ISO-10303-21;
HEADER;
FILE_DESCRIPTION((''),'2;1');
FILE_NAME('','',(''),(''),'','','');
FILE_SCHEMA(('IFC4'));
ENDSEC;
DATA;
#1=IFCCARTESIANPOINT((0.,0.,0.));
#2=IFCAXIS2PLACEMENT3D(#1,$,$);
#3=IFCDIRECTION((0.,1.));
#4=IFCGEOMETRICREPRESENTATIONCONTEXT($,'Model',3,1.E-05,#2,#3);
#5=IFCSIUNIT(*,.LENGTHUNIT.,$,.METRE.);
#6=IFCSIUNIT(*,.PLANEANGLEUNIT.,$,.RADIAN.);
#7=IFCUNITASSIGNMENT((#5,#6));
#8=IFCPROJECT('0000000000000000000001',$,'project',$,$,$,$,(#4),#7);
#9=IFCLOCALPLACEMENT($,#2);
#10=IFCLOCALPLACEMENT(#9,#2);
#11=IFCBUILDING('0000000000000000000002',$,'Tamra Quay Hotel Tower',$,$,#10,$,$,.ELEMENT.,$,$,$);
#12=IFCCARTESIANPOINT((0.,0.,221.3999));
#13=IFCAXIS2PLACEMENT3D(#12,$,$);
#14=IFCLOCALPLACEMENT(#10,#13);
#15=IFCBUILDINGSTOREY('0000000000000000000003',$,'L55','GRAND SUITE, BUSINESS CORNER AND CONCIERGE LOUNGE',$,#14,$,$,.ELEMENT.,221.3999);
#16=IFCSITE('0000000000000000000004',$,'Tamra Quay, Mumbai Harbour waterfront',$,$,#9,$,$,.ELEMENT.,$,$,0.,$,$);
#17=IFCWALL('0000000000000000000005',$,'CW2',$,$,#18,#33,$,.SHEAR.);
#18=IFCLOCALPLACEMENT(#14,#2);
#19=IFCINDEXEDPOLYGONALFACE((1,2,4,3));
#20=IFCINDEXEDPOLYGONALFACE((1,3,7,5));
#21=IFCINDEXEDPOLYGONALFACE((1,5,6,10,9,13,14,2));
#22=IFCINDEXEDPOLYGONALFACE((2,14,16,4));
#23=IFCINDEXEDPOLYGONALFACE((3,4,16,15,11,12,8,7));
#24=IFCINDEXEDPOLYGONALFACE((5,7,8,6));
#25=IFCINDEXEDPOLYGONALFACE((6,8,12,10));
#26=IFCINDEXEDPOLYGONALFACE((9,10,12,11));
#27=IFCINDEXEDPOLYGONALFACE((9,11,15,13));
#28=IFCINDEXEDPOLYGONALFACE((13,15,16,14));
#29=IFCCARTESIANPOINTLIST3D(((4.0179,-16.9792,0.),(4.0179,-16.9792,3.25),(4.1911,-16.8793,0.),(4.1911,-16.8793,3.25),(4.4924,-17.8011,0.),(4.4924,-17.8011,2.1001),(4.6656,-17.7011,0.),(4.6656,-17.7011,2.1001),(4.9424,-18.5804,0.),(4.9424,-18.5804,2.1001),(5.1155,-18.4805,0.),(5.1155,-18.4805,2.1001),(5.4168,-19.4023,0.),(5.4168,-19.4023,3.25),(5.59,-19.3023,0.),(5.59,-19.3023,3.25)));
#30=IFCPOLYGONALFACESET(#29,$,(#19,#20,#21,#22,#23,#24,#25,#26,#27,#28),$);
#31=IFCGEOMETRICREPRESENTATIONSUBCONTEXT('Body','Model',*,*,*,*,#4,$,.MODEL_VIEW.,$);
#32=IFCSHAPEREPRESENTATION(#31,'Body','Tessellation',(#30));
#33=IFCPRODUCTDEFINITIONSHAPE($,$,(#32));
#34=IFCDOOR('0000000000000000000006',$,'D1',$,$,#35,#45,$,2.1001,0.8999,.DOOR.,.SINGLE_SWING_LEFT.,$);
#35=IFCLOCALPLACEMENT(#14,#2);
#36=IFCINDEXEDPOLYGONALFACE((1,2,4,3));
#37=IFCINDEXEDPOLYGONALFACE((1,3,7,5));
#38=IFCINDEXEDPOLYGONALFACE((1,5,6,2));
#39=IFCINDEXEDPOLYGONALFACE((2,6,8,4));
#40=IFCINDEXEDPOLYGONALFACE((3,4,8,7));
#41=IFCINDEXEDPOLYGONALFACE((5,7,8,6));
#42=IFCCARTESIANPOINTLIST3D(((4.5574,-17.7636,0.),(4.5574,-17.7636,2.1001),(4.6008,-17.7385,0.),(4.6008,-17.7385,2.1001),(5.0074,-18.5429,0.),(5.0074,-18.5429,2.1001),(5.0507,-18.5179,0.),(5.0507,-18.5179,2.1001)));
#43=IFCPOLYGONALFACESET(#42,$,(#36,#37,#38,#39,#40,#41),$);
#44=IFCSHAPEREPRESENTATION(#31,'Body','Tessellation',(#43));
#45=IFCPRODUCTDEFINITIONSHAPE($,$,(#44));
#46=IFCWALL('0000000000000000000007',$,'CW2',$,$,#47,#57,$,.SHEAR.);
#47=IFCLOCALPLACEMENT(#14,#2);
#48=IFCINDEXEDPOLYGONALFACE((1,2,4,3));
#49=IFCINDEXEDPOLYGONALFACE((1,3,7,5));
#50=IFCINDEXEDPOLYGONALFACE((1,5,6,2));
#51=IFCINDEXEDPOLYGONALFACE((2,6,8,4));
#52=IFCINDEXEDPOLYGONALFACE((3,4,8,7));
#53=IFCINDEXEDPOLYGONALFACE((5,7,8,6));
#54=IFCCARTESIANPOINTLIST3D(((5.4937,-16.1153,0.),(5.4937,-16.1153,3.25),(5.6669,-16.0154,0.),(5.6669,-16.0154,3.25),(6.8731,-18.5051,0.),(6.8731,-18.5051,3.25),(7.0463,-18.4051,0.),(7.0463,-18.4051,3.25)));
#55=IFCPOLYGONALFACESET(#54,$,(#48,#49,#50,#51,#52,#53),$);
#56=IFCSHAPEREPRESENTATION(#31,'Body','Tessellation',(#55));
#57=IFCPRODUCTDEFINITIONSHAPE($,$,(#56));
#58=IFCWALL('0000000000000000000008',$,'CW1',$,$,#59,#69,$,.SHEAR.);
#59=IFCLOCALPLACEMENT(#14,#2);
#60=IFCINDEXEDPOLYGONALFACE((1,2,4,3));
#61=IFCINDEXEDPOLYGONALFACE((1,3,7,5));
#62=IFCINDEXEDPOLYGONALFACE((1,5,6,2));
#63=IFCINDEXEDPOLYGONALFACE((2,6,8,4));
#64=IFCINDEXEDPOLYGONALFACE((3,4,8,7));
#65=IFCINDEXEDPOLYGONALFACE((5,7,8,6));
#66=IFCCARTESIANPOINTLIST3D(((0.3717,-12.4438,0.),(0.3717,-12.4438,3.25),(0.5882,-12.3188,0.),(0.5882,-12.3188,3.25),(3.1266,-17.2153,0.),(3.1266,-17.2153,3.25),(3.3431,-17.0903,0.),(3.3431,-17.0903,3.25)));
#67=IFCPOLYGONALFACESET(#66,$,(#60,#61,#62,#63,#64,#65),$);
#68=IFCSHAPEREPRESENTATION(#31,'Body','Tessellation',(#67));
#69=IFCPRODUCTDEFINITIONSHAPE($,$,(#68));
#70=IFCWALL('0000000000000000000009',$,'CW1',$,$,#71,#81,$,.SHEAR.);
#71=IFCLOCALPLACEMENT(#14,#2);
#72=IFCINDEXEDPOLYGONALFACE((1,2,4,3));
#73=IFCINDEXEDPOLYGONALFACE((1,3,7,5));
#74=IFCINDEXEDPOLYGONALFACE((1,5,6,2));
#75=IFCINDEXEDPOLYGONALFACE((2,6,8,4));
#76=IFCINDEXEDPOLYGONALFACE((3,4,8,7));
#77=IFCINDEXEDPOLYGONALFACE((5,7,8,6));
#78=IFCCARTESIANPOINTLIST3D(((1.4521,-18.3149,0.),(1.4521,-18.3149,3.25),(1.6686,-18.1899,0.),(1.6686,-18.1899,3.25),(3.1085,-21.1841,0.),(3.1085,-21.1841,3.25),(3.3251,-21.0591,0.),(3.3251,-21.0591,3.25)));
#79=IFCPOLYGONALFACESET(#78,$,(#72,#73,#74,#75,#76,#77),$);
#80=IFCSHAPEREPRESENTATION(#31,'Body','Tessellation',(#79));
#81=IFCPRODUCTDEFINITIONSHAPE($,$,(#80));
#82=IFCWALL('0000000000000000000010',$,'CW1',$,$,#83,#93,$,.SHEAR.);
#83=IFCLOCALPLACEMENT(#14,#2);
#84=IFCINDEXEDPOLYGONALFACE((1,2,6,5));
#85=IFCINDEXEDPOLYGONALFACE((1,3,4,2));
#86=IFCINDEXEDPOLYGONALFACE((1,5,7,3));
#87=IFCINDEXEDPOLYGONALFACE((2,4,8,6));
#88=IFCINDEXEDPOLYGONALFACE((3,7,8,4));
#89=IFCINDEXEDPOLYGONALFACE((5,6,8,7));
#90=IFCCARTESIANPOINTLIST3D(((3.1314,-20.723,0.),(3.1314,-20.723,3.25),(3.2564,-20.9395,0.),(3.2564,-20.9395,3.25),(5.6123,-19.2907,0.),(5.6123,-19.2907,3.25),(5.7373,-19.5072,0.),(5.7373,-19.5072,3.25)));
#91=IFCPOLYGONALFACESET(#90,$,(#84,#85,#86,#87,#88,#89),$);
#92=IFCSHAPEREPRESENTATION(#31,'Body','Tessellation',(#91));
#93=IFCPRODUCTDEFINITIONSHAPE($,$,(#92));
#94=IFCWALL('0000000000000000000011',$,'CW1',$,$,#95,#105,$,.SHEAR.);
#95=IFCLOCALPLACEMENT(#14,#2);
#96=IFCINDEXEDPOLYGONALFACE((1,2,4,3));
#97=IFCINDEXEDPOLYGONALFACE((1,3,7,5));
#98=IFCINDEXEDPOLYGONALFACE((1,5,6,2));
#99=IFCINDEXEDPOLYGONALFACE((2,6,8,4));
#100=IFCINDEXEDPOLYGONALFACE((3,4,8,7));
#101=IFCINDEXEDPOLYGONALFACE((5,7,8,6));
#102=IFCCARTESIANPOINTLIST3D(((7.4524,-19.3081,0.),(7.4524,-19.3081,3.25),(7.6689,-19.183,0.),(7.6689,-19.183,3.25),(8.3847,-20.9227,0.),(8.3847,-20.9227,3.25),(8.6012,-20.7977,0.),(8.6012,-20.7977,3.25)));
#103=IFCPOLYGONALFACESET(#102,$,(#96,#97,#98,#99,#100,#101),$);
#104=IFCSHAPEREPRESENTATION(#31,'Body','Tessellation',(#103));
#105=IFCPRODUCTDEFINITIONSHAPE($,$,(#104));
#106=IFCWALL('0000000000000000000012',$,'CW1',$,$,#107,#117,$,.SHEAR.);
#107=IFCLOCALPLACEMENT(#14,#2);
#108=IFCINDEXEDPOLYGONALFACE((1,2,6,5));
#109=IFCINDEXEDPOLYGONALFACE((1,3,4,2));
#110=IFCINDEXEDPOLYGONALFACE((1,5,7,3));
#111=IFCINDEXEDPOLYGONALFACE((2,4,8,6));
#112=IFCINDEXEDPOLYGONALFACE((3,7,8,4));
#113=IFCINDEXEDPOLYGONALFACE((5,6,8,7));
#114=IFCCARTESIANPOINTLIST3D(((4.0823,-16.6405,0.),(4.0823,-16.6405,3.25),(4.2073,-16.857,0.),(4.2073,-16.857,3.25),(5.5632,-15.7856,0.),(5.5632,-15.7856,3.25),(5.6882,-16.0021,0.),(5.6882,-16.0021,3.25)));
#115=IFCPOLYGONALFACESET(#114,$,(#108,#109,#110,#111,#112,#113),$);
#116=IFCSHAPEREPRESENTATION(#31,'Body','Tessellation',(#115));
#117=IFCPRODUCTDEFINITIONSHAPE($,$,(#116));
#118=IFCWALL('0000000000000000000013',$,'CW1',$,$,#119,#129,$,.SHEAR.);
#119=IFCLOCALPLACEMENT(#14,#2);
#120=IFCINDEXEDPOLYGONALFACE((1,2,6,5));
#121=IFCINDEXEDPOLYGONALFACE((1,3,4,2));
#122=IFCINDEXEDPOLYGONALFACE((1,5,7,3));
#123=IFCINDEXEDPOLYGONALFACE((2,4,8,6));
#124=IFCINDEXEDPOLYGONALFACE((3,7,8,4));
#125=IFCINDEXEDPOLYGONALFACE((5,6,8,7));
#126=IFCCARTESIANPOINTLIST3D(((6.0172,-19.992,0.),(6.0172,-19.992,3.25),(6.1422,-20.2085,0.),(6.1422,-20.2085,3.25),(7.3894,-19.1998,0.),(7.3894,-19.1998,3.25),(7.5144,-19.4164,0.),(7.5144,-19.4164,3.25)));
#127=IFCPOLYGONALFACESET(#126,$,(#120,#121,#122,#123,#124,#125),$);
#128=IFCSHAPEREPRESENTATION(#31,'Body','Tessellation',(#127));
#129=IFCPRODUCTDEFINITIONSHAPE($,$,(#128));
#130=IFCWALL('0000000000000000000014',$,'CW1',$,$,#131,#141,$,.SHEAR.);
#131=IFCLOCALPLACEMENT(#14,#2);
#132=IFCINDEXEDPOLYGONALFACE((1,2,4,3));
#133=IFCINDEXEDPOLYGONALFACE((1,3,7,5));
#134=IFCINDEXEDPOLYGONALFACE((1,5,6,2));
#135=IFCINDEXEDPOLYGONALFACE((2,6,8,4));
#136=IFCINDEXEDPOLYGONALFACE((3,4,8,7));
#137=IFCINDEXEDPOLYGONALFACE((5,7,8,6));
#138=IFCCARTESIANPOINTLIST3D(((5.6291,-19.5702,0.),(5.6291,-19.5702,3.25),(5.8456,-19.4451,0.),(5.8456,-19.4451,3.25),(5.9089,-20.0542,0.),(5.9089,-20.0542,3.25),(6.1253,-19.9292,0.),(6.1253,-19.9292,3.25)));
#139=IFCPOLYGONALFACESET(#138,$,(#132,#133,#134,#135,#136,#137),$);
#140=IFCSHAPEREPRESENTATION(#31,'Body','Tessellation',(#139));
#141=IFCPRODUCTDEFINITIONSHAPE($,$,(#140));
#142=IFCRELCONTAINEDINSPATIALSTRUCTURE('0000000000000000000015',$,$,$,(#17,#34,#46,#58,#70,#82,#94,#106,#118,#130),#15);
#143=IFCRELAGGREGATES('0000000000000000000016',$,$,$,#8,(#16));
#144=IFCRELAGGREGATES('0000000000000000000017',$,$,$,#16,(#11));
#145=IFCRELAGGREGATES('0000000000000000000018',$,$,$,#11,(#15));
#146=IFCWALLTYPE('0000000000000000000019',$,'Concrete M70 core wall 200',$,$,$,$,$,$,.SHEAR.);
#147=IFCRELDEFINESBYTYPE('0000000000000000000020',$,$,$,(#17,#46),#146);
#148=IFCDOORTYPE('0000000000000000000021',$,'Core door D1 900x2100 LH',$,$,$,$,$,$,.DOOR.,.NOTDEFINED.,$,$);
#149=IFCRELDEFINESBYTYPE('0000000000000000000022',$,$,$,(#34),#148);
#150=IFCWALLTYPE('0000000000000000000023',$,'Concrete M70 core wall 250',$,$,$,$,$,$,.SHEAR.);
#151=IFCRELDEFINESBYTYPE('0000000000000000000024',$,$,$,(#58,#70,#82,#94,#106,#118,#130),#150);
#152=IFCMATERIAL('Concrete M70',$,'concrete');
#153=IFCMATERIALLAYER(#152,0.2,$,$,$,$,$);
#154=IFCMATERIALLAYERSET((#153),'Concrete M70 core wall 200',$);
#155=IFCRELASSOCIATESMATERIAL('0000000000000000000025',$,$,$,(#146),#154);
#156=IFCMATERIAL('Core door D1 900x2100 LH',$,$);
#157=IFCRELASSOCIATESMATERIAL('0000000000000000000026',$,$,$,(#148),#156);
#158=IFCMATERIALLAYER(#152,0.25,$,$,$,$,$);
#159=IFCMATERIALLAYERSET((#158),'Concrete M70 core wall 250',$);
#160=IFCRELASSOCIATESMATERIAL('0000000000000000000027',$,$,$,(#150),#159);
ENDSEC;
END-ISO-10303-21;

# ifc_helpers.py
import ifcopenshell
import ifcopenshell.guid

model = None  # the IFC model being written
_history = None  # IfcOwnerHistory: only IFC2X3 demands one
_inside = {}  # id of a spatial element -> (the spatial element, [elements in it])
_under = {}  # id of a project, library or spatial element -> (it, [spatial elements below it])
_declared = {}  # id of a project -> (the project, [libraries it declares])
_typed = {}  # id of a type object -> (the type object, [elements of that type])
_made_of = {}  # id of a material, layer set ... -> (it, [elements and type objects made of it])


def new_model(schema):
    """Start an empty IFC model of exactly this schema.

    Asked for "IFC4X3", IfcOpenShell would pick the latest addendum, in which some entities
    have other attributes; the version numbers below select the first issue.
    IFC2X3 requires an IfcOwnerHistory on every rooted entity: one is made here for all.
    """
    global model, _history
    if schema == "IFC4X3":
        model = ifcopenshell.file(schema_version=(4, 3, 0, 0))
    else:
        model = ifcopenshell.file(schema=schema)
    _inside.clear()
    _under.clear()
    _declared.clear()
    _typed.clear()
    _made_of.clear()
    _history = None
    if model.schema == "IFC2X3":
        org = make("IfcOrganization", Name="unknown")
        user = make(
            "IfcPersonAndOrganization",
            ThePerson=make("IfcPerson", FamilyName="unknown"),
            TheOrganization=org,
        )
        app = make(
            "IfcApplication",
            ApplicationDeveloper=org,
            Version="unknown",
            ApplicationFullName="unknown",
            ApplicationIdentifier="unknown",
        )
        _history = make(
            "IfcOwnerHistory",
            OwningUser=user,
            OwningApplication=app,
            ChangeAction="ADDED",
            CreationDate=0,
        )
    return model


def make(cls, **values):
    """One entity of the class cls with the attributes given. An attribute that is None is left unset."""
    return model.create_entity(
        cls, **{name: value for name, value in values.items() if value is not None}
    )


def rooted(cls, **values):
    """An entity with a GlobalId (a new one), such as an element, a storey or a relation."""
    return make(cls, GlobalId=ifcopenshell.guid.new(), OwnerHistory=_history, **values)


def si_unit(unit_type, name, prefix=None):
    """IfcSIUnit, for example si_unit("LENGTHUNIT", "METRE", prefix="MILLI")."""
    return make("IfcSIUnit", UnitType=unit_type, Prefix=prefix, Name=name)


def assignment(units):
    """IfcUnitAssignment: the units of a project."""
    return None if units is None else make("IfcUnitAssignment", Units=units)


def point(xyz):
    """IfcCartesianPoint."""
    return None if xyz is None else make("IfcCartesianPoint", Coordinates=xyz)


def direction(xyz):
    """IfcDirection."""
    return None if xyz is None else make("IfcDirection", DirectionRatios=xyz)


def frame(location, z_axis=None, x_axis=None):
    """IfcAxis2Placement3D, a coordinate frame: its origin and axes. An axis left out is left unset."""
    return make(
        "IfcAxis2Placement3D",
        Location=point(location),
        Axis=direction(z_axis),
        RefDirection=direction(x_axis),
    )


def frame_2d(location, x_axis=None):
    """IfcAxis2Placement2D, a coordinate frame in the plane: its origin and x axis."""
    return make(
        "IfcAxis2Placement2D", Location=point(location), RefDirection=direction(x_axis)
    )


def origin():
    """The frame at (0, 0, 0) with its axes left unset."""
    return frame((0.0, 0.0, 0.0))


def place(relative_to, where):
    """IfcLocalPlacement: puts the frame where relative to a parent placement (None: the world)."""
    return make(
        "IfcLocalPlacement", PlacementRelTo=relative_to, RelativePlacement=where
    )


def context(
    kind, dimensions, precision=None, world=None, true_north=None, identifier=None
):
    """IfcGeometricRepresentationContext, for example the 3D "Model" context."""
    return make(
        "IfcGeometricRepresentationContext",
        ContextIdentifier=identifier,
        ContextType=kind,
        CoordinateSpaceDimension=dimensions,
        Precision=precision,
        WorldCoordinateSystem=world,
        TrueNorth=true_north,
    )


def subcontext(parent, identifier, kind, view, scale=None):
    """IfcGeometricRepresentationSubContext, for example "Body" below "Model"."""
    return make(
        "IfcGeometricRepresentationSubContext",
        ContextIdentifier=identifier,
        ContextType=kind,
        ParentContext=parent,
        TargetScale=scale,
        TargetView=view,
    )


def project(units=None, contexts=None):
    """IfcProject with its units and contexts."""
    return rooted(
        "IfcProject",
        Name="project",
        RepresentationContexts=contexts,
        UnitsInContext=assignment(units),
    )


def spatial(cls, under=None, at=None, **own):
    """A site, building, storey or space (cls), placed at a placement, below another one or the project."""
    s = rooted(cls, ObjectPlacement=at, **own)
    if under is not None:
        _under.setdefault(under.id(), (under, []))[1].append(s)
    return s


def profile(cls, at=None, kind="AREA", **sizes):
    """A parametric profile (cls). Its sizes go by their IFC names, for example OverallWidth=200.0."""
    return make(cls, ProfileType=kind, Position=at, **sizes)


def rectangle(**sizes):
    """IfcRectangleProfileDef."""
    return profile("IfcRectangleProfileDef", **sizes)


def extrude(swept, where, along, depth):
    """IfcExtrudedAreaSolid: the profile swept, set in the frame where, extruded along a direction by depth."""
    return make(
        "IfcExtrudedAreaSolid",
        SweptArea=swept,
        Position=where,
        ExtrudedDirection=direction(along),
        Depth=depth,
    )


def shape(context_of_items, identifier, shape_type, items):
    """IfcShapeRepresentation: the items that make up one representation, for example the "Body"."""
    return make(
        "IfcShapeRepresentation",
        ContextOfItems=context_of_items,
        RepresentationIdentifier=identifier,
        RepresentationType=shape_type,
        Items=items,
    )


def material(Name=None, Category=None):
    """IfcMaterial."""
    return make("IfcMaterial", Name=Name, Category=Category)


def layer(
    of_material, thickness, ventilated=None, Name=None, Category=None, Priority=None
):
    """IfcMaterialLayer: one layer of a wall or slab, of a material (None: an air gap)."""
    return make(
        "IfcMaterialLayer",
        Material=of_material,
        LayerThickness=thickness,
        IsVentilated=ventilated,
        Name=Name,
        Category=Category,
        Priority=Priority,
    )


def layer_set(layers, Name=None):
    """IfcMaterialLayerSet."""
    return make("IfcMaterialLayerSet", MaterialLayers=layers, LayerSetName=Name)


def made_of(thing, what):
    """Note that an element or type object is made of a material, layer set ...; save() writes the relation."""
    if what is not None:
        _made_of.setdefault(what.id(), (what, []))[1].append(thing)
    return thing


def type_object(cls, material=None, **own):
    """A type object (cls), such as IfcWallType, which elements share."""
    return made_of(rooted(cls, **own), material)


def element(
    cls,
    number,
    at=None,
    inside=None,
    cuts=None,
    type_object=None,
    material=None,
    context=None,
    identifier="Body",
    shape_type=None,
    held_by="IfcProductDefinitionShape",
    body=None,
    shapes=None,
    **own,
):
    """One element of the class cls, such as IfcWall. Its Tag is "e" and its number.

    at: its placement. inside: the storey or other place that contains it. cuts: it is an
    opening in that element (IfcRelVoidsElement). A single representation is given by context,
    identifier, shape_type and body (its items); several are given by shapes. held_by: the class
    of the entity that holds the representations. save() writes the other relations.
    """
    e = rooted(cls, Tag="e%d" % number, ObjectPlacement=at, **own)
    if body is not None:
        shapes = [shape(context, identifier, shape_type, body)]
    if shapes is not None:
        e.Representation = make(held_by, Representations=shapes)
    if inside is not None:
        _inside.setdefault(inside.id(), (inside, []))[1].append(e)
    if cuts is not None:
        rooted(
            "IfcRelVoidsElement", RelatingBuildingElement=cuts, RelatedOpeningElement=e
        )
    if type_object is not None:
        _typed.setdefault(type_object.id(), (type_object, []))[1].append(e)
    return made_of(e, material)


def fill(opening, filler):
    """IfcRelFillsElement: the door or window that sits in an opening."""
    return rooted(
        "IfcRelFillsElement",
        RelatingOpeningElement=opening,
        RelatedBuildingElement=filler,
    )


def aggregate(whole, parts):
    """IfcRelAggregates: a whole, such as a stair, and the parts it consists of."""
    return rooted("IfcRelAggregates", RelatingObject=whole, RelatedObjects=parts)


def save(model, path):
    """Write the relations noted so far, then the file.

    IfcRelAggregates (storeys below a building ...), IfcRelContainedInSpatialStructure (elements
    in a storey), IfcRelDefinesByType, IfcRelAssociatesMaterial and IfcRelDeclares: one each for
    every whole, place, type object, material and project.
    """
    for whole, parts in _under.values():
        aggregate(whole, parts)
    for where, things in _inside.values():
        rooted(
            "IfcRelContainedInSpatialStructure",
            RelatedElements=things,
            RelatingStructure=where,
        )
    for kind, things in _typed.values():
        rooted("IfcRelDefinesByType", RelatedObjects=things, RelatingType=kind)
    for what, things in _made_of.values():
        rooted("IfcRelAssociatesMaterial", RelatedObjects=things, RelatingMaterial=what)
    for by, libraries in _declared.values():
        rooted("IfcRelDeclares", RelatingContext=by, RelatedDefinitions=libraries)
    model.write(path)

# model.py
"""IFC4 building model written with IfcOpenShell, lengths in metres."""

from ifc_helpers import new_model, si_unit, direction, frame, frame_2d, origin, place, context, subcontext, project, spatial, rectangle, extrude, material, layer, layer_set, type_object, element, fill, save


model = new_model("IFC4")

# Units and contexts
model_context = context("Model", 3, precision=1e-05, world=origin(), true_north=direction((0.0, 1.0)))
body_context = subcontext(model_context, "Body", "Model", "MODEL_VIEW")
ifc_project = project(units=[si_unit("LENGTHUNIT", "METRE"), si_unit("PLANEANGLEUNIT", "RADIAN")], contexts=[model_context])

# Site, building, storey
site_placement = place(None, origin())
site = spatial("IfcSite", under=ifc_project, at=site_placement, Name="Tamra Quay, Mumbai Harbour waterfront", CompositionType="ELEMENT", RefElevation=0.0)
building_placement = place(site_placement, origin())
building = spatial("IfcBuilding", under=site, at=building_placement, Name="Tamra Quay Hotel Tower", CompositionType="ELEMENT")
storey_placement = place(building_placement, frame((0.0, 0.0, 221.3999)))
storey = spatial("IfcBuildingStorey", under=building, at=storey_placement, Name="L55", Description="GRAND SUITE, BUSINESS CORNER AND CONCIERGE LOUNGE", CompositionType="ELEMENT", Elevation=221.3999)

# Shared definitions
ifc_material_1 = material(Name="Concrete M70", Category="concrete")

# Shared definitions
ifc_layer_1 = layer(ifc_material_1, 0.2)
ifc_layer_set_1 = layer_set([ifc_layer_1], Name="Concrete M70 core wall 200")
wall_type_1 = type_object("IfcWallType", Name="Concrete M70 core wall 200", PredefinedType="SHEAR", material=ifc_layer_set_1)

# Wall, opening, door
wall_1_placement = place(storey_placement, frame((5.5034, -19.3523, 0.0), z_axis=(0.0, 0.0, 1.0), x_axis=(-0.499987, 0.866033, 0.0)))
wall_1 = element("IfcWall", 1, at=wall_1_placement, inside=storey, type_object=wall_type_1, Name="CW2", PredefinedType="SHEAR", context=body_context, shape_type="SweptSolid", body=[
    extrude(rectangle(XDim=2.7979, YDim=0.2, at=frame_2d((1.3989, 0.0))), origin(), (0.0, 0.0, 1.0), 3.25),
])
opening_1_placement = place(wall_1_placement, frame((0.949, 0.0, 0.0)))
opening_1 = element("IfcOpeningElement", 2, at=opening_1_placement, cuts=wall_1, PredefinedType="OPENING", context=body_context, shape_type="SweptSolid", body=[
    extrude(rectangle(XDim=0.8999, YDim=2.1001, at=frame_2d((0.45, 1.05))), frame((0.0, 0.1099, 0.0), z_axis=(0.0, -1.0, 0.0), x_axis=(1.0, 0.0, 0.0)), (0.0, 0.0, 1.0), 0.22),
])
ifc_material_2 = material(Name="Core door D1 900x2100 LH")
door_type_1 = type_object("IfcDoorType", Name="Core door D1 900x2100 LH", OperationType="NOTDEFINED", PredefinedType="DOOR", material=ifc_material_2)
door_1_placement = place(opening_1_placement, origin())
door_1 = element("IfcDoor", 3, at=door_1_placement, inside=storey, type_object=door_type_1, Name="D1", OperationType="SINGLE_SWING_LEFT", OverallHeight=2.1001, OverallWidth=0.8999, PredefinedType="DOOR", context=body_context, shape_type="SweptSolid", body=[
    extrude(rectangle(XDim=0.8999, YDim=2.1001, at=frame_2d((0.45, 1.05))), frame((0.0, 0.0249, 0.0), z_axis=(0.0, -1.0, 0.0), x_axis=(1.0, 0.0, 0.0)), (0.0, 0.0, 1.0), 0.05),
])
fill(opening_1, door_1)

# Walls
wall_2_placement = place(storey_placement, frame((6.9597, -18.4551, 0.0), z_axis=(0.0, 0.0, 1.0), x_axis=(-0.499927, 0.866068, 0.0)))
element("IfcWall", 4, at=wall_2_placement, inside=storey, type_object=wall_type_1, Name="CW2", PredefinedType="SHEAR", context=body_context, shape_type="SweptSolid", body=[
    extrude(rectangle(XDim=2.7593, YDim=0.2, at=frame_2d((1.3796, 0.0))), origin(), (0.0, 0.0, 1.0), 3.25),
])
ifc_layer_2 = layer(ifc_material_1, 0.25)
ifc_layer_set_2 = layer_set([ifc_layer_2], Name="Concrete M70 core wall 250")
wall_type_2 = type_object("IfcWallType", Name="Concrete M70 core wall 250", PredefinedType="SHEAR", material=ifc_layer_set_2)
wall_3_placement = place(storey_placement, frame((3.2349, -17.1528, 0.0), z_axis=(0.0, 0.0, 1.0), x_axis=(-0.500009, 0.86602, 0.0)))
element("IfcWall", 5, at=wall_3_placement, inside=storey, type_object=wall_type_2, Name="CW1", PredefinedType="SHEAR", context=body_context, shape_type="SweptSolid", body=[
    extrude(rectangle(XDim=5.5098, YDim=0.25, at=frame_2d((2.7549, 0.0))), origin(), (0.0, 0.0, 1.0), 3.25),
])
wall_4_placement = place(storey_placement, frame((3.2168, -21.1216, 0.0), z_axis=(0.0, 0.0, 1.0), x_axis=(-0.499999, 0.866026, 0.0)))
element("IfcWall", 6, at=wall_4_placement, inside=storey, type_object=wall_type_2, Name="CW1", PredefinedType="SHEAR", context=body_context, shape_type="SweptSolid", body=[
    extrude(rectangle(XDim=3.313, YDim=0.25, at=frame_2d((1.6565, 0.0))), origin(), (0.0, 0.0, 1.0), 3.25),
])
wall_5_placement = place(storey_placement, frame((5.6748, -19.3989, 0.0), z_axis=(0.0, 0.0, 1.0), x_axis=(-0.866027, -0.499998, 0.0)))
element("IfcWall", 7, at=wall_5_placement, inside=storey, type_object=wall_type_2, Name="CW1", PredefinedType="SHEAR", context=body_context, shape_type="SweptSolid", body=[
    extrude(rectangle(XDim=2.8647, YDim=0.25, at=frame_2d((1.4324, 0.0))), origin(), (0.0, 0.0, 1.0), 3.25),
])
wall_6_placement = place(storey_placement, frame((8.4929, -20.8601, 0.0), z_axis=(0.0, 0.0, 1.0), x_axis=(-0.50004, 0.866002, 0.0)))
element("IfcWall", 8, at=wall_6_placement, inside=storey, type_object=wall_type_2, Name="CW1", PredefinedType="SHEAR", context=body_context, shape_type="SweptSolid", body=[
    extrude(rectangle(XDim=1.8645, YDim=0.25, at=frame_2d((0.9321, 0.0))), origin(), (0.0, 0.0, 1.0), 3.25),
])
wall_7_placement = place(storey_placement, frame((4.1448, -16.7488, 0.0), z_axis=(0.0, 0.0, 1.0), x_axis=(0.866038, 0.499978, 0.0)))
element("IfcWall", 9, at=wall_7_placement, inside=storey, type_object=wall_type_2, Name="CW1", PredefinedType="SHEAR", context=body_context, shape_type="SweptSolid", body=[
    extrude(rectangle(XDim=1.71, YDim=0.25, at=frame_2d((0.855, 0.0))), origin(), (0.0, 0.0, 1.0), 3.25),
])
wall_8_placement = place(storey_placement, frame((7.4519, -19.3081, 0.0), z_axis=(0.0, 0.0, 1.0), x_axis=(-0.866044, -0.499967, 0.0)))
element("IfcWall", 10, at=wall_8_placement, inside=storey, type_object=wall_type_2, Name="CW1", PredefinedType="SHEAR", context=body_context, shape_type="SweptSolid", body=[
    extrude(rectangle(XDim=1.5845, YDim=0.25, at=frame_2d((0.7922, 0.0))), origin(), (0.0, 0.0, 1.0), 3.25),
])
wall_9_placement = place(storey_placement, frame((6.0171, -19.9917, 0.0), z_axis=(0.0, 0.0, 1.0), x_axis=(-0.500365, 0.865815, 0.0)))
element("IfcWall", 11, at=wall_9_placement, inside=storey, type_object=wall_type_2, Name="CW1", PredefinedType="SHEAR", context=body_context, shape_type="SweptSolid", body=[
    extrude(rectangle(XDim=0.5591, YDim=0.25, at=frame_2d((0.2795, 0.0))), origin(), (0.0, 0.0, 1.0), 3.25),
])

save(model, "model.ifc")
